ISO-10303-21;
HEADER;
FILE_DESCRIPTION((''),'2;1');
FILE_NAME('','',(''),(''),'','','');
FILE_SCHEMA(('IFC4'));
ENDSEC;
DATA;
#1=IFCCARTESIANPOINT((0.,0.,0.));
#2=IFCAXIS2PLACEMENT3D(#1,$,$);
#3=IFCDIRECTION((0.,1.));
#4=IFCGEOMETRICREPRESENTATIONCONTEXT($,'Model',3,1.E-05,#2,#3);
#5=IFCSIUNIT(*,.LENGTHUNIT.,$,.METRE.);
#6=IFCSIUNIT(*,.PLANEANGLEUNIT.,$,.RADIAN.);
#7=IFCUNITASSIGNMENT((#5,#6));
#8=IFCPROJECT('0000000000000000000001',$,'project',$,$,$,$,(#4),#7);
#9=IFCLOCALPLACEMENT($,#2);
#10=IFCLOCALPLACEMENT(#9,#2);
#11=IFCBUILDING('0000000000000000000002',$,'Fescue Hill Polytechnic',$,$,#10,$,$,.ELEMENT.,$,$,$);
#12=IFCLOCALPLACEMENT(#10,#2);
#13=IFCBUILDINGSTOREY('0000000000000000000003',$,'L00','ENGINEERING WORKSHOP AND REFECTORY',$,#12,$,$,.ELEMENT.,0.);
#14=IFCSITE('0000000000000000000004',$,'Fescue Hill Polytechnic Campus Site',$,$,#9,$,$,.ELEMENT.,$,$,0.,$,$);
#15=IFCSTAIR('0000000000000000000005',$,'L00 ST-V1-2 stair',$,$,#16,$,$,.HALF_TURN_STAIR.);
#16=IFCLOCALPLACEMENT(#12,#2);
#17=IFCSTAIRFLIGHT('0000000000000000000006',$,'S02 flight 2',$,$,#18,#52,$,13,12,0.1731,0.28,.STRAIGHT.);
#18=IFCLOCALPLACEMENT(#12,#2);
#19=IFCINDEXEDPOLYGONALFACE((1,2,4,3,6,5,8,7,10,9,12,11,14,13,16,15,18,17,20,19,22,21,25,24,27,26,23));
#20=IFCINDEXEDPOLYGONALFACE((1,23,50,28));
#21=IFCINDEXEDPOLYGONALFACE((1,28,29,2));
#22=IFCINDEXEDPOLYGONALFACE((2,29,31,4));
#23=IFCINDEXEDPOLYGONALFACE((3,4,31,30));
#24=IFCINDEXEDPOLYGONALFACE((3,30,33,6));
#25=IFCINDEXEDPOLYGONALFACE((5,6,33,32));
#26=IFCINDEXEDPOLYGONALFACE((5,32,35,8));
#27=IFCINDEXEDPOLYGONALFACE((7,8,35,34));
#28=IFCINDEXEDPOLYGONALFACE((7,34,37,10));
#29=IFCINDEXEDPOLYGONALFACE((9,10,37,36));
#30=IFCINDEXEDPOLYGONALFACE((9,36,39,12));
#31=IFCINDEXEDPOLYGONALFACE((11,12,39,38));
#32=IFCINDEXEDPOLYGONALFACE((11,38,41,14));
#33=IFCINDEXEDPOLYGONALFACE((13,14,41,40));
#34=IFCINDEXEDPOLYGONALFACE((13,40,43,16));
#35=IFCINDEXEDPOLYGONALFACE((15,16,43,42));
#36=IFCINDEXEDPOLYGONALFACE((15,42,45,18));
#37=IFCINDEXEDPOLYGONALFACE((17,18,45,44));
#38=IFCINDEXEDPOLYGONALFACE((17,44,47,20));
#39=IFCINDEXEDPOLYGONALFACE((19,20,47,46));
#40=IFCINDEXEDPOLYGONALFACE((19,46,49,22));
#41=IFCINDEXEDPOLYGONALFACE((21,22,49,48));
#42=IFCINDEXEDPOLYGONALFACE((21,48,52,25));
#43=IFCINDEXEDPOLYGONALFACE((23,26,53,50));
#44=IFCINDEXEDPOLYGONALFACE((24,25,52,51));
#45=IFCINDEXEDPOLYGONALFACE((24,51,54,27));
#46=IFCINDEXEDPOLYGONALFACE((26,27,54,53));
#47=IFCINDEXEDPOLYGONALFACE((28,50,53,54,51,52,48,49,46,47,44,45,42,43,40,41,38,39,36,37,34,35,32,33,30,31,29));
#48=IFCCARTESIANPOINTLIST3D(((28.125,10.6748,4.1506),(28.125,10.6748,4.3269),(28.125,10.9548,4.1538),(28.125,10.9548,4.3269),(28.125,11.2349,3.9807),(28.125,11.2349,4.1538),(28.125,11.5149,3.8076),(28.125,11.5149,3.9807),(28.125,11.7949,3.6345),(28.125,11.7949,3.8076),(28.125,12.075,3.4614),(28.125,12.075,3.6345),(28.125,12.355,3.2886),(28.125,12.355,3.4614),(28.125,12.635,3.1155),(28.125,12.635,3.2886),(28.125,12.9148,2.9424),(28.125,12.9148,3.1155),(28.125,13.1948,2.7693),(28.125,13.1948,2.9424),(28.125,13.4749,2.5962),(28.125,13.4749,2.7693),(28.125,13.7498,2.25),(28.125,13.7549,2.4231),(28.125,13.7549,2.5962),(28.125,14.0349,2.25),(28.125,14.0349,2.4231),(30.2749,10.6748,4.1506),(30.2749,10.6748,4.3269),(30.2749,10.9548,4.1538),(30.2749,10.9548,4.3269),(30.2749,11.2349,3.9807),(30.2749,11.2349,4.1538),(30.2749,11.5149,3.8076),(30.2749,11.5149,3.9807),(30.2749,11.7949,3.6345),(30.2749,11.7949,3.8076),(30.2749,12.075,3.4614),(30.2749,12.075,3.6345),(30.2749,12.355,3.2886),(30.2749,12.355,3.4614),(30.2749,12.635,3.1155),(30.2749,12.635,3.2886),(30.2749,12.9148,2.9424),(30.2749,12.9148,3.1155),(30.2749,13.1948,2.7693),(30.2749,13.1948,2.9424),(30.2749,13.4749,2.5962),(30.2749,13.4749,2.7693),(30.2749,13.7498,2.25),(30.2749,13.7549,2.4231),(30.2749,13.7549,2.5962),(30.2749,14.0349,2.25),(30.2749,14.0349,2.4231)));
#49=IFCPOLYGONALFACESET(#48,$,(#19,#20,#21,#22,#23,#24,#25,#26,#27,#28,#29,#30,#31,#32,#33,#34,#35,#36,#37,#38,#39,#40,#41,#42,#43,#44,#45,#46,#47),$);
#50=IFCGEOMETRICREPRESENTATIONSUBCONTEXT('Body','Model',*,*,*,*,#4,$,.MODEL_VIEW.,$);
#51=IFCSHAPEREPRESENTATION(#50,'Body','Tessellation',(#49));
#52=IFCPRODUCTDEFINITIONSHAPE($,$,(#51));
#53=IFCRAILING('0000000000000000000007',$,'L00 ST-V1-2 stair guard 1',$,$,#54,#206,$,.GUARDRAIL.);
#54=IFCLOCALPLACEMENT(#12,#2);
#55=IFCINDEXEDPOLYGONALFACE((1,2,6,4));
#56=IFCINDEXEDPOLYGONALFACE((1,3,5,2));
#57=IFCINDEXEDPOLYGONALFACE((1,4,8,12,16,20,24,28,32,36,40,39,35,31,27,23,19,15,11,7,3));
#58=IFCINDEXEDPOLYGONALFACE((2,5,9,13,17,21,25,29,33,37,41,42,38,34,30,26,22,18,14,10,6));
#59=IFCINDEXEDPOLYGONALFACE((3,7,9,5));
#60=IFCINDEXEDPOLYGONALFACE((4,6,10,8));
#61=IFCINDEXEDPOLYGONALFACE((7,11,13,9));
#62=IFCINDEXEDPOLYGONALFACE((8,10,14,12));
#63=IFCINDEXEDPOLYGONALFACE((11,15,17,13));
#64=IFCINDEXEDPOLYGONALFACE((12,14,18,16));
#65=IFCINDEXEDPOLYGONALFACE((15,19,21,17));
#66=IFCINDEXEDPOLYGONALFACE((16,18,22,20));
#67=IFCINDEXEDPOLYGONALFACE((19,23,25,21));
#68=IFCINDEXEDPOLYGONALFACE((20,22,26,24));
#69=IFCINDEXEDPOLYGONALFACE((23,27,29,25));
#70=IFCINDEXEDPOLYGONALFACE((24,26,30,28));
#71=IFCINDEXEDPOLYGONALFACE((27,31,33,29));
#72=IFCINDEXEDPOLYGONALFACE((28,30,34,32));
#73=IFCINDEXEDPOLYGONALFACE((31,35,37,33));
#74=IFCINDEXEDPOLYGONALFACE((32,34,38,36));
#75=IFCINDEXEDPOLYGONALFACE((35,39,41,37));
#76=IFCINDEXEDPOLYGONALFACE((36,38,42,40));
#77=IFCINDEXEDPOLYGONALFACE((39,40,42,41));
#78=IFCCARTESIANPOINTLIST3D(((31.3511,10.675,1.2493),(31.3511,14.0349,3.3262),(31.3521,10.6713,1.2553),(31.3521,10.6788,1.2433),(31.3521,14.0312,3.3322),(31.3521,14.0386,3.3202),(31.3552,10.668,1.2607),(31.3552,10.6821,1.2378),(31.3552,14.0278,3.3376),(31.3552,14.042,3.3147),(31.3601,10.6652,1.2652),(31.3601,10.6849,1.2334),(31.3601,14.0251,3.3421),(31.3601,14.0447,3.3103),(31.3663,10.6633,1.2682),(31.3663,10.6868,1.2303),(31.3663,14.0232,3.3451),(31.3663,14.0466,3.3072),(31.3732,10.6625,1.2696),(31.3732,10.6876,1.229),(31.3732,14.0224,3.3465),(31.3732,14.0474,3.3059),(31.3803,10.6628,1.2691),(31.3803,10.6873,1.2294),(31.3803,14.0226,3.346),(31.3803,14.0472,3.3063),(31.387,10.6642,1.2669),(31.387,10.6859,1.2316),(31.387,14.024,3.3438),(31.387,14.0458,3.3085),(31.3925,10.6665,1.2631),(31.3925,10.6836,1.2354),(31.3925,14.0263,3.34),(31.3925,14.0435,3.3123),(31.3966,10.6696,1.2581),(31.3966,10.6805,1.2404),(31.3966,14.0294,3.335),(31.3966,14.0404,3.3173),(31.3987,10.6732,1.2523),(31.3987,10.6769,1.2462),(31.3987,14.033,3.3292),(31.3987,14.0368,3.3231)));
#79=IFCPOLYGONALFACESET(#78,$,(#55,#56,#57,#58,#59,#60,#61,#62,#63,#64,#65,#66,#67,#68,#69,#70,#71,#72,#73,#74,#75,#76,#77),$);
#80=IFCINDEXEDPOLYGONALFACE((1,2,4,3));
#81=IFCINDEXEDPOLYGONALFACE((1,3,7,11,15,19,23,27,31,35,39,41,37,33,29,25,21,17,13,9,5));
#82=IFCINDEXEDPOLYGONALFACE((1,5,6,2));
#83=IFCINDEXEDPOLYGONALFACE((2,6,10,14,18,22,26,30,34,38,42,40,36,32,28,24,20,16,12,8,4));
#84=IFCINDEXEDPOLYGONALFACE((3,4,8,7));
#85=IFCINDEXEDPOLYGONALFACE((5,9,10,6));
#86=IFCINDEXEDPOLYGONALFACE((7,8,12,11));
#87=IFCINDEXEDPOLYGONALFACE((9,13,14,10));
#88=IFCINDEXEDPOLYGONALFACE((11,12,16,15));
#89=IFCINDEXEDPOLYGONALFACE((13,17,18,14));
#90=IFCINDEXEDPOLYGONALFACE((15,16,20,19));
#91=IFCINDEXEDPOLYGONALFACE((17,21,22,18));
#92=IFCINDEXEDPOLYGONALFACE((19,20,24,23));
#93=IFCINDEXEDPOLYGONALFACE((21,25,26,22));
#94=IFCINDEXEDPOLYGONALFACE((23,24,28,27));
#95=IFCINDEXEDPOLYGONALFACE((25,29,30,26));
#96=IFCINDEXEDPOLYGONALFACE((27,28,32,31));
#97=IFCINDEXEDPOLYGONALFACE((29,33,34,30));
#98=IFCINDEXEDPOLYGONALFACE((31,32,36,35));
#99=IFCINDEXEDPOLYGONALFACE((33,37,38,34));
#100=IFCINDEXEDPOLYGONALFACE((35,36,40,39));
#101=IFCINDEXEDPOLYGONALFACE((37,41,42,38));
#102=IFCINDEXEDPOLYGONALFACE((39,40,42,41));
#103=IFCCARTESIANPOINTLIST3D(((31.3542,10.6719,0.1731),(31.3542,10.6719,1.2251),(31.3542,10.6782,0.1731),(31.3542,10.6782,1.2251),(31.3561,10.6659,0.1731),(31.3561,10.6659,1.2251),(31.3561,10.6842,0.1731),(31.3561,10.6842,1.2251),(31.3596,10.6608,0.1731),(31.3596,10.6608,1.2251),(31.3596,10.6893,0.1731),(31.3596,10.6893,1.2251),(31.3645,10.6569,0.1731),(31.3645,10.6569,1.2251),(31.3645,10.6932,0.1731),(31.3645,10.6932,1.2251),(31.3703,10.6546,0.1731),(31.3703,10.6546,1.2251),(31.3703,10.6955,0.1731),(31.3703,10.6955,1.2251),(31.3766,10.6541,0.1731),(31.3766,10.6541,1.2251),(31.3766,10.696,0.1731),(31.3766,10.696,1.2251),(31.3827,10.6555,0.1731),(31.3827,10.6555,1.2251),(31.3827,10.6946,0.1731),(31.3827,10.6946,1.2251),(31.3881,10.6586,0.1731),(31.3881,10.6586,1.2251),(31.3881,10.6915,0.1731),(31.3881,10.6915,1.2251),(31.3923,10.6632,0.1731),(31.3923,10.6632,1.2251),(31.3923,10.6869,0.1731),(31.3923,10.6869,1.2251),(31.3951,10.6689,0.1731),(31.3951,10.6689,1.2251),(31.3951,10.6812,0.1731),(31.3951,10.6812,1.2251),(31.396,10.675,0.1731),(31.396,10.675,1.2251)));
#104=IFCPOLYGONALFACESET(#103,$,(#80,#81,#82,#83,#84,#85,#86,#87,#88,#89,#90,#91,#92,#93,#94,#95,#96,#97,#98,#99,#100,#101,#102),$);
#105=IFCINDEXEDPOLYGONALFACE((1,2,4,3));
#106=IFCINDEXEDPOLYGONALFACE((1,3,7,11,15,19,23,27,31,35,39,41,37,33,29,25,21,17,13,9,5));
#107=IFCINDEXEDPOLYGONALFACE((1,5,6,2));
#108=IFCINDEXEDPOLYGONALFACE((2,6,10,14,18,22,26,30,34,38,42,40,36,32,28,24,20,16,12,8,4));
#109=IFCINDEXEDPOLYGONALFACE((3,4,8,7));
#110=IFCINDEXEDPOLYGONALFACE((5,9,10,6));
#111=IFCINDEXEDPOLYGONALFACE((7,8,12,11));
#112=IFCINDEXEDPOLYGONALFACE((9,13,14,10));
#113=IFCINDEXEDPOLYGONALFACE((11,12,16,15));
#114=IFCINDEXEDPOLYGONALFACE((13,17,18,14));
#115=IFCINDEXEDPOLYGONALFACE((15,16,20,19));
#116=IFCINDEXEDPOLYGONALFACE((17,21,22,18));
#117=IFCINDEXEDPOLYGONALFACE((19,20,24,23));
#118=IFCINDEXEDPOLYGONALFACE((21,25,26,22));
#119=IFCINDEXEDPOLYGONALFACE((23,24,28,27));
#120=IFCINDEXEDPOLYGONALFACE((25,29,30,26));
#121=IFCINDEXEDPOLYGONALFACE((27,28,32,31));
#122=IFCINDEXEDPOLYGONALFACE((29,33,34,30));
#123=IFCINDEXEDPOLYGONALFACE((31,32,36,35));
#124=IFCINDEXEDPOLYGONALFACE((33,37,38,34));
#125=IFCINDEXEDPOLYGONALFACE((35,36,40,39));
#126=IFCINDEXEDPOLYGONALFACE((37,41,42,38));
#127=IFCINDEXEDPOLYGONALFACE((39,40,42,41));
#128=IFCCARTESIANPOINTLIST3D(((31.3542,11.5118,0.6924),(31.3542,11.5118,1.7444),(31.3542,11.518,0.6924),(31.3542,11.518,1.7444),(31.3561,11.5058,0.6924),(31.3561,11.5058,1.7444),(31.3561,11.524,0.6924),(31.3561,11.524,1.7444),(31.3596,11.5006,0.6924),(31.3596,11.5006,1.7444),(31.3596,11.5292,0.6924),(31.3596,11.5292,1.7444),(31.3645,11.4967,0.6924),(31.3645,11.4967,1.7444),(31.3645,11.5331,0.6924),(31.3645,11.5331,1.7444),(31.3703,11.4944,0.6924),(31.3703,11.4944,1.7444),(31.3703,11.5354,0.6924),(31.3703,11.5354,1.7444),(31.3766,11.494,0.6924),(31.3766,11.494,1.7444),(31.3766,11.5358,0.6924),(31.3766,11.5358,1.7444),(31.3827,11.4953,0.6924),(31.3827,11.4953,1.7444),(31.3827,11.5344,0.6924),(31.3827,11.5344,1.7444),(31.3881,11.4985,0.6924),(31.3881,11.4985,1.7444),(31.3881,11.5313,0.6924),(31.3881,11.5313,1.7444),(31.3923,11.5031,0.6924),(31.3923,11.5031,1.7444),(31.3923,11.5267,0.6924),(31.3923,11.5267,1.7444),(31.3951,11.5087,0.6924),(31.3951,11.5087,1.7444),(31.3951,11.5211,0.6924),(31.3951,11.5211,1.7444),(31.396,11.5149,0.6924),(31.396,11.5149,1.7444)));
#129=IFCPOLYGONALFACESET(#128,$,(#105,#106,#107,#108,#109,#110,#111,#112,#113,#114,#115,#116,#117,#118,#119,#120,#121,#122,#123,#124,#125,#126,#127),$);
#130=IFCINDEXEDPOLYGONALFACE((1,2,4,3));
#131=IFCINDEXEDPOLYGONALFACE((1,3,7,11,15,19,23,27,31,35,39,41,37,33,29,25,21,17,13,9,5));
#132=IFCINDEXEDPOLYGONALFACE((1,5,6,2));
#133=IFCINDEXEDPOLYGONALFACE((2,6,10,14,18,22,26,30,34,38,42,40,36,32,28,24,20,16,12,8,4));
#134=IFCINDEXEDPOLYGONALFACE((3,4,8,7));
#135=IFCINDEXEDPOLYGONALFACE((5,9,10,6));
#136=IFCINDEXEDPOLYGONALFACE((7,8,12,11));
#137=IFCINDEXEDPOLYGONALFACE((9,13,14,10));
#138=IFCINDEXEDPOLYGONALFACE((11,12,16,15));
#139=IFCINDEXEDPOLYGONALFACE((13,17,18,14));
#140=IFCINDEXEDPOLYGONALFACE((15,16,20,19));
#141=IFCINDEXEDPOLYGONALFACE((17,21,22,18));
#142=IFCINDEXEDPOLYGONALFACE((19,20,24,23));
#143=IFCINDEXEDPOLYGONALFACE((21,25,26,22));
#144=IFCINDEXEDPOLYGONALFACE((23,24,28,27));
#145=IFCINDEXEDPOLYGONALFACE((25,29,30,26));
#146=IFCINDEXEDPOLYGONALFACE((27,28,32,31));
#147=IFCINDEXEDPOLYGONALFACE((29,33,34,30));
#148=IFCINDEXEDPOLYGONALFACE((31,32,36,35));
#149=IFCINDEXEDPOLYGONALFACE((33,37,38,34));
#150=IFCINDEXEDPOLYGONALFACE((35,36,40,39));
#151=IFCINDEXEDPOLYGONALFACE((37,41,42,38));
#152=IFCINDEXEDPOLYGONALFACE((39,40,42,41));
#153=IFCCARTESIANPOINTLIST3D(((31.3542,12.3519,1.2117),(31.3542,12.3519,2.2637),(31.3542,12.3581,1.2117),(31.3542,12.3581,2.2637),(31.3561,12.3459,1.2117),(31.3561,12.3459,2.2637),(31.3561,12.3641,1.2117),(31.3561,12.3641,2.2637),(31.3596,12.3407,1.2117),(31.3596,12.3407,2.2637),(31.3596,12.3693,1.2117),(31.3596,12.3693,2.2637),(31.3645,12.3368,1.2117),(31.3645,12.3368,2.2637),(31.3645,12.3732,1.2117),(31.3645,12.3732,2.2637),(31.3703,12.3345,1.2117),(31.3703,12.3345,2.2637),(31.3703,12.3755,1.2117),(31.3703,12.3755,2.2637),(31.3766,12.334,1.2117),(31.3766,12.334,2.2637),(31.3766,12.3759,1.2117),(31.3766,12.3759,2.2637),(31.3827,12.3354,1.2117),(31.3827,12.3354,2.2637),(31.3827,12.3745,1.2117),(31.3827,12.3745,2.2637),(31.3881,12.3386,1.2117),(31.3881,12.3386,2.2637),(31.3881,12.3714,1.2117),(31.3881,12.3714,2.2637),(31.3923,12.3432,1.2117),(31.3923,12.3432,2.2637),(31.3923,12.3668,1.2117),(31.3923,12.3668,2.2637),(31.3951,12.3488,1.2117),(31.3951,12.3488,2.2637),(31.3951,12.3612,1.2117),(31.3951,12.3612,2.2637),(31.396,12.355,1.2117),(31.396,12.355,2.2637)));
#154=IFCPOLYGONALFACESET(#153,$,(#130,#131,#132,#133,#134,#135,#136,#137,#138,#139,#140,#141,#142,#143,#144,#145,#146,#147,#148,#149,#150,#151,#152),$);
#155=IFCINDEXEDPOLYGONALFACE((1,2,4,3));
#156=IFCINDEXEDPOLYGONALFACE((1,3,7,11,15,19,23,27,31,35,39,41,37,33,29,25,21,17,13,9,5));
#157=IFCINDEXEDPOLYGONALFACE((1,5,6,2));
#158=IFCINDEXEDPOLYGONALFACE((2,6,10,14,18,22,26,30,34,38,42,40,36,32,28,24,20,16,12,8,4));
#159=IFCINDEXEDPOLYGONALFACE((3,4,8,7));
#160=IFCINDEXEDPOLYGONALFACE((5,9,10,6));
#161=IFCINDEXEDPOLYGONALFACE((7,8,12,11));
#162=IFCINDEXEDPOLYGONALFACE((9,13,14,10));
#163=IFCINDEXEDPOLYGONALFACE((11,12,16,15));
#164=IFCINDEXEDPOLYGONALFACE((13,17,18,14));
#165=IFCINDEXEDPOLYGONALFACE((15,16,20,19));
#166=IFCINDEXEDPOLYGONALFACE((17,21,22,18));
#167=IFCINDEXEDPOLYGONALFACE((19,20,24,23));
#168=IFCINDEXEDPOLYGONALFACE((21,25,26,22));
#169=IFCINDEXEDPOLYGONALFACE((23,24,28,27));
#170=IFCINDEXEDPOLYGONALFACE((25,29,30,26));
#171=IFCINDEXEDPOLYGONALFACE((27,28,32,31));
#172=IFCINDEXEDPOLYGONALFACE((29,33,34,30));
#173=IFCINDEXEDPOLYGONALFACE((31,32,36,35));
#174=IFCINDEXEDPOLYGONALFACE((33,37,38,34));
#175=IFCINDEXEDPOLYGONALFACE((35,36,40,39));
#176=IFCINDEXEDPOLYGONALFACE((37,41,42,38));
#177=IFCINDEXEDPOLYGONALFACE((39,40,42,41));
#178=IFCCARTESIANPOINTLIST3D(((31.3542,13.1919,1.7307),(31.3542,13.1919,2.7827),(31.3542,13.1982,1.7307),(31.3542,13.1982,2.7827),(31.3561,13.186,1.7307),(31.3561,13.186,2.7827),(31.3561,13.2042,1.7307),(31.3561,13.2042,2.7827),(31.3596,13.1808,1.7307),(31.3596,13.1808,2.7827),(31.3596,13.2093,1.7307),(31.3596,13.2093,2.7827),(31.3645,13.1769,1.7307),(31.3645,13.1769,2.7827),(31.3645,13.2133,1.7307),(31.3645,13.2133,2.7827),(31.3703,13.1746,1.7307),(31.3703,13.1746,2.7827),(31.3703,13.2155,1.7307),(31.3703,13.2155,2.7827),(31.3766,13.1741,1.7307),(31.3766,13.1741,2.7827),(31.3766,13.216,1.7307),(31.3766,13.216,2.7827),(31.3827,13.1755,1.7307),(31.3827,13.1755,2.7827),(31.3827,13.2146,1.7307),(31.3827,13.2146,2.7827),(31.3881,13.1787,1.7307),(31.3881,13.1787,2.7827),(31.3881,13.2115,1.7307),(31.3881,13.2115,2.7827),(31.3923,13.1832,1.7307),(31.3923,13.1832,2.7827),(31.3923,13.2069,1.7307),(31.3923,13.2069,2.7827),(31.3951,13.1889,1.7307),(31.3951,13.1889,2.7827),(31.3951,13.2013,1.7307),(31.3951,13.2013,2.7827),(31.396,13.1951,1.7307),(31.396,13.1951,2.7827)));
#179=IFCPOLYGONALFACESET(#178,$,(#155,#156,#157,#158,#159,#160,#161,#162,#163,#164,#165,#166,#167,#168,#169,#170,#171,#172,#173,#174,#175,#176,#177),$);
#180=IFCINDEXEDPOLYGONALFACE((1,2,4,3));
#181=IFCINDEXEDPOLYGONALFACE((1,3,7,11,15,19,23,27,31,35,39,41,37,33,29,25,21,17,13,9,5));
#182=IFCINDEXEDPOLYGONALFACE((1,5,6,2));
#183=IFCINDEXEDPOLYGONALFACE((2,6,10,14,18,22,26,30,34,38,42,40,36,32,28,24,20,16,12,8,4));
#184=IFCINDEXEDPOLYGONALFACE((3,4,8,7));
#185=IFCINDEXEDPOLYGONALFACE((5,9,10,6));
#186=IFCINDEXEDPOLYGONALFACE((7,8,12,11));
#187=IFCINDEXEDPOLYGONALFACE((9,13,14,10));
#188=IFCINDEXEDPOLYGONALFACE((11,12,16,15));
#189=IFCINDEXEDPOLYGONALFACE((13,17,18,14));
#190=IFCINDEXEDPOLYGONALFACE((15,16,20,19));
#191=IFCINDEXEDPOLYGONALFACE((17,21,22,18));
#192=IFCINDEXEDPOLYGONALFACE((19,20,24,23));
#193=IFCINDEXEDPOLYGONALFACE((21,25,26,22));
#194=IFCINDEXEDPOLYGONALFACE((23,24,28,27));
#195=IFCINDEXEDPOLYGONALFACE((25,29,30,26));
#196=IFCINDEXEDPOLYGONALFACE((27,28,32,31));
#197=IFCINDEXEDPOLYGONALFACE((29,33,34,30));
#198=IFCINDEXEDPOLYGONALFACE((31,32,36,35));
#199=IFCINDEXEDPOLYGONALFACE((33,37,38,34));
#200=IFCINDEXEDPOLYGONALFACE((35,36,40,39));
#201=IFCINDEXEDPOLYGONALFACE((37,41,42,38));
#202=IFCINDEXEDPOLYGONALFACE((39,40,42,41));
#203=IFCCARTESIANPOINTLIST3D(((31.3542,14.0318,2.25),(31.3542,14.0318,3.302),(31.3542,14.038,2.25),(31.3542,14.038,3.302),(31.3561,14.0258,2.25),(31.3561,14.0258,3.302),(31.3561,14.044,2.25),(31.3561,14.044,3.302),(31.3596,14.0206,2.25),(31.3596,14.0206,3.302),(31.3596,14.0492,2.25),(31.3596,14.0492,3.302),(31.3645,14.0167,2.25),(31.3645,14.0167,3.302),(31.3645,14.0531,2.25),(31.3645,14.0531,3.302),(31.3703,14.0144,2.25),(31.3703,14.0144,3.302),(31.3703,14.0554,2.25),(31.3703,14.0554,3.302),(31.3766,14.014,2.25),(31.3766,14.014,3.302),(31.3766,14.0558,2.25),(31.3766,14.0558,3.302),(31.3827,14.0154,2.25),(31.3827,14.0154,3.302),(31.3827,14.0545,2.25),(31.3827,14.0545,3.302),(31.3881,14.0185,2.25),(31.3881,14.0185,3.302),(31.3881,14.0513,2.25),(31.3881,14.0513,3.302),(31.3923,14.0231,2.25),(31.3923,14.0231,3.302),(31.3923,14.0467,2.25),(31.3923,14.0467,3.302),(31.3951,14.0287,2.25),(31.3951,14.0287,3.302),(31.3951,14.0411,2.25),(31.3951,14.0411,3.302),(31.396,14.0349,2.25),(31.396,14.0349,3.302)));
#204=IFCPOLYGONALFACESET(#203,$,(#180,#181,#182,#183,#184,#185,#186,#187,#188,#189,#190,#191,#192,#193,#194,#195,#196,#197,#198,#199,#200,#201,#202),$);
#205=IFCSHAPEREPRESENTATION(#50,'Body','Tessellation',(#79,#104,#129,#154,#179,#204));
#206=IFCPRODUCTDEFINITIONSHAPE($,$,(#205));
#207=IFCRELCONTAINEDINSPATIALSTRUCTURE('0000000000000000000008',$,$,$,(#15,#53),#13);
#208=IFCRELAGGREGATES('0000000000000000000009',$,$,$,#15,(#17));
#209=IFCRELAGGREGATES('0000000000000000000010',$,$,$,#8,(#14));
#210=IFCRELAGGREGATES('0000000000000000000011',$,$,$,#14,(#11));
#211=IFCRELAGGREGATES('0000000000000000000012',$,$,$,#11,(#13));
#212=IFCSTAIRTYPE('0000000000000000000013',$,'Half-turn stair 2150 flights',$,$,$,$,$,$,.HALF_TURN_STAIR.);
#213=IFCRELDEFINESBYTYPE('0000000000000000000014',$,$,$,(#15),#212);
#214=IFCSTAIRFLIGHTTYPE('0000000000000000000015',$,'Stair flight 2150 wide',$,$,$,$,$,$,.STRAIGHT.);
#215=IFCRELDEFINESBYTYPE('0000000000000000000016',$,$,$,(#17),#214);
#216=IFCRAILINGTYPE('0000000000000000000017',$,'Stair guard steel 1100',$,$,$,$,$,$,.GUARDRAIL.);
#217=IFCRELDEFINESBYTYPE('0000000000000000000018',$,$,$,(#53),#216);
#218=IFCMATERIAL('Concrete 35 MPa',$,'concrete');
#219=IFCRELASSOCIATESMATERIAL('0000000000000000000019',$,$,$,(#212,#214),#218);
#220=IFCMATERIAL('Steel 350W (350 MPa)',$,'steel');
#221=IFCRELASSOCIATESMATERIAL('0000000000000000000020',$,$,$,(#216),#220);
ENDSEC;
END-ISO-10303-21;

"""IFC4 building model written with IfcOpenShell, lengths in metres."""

from ifc_helpers import new_model, si_unit, direction, frame, origin, origin_2d, place, context, subcontext, project, spatial, polyline, circle, outline, extrude, material, type_object, element, aggregate, save


model = new_model("IFC4")

# Units and contexts
model_context = context("Model", 3, precision=1e-05, world=origin(), true_north=direction((0.0, 1.0)))
body_context = subcontext(model_context, "Body", "Model", "MODEL_VIEW")
ifc_project = project(units=[si_unit("LENGTHUNIT", "METRE"), si_unit("PLANEANGLEUNIT", "RADIAN")], contexts=[model_context])

# Site, building, storey
site_placement = place(None, origin())
site = spatial("IfcSite", under=ifc_project, at=site_placement, Name="Fescue Hill Polytechnic Campus Site", CompositionType="ELEMENT", RefElevation=0.0)
building_placement = place(site_placement, origin())
building = spatial("IfcBuilding", under=site, at=building_placement, Name="Fescue Hill Polytechnic", CompositionType="ELEMENT")
storey_placement = place(building_placement, origin())
storey = spatial("IfcBuildingStorey", under=building, at=storey_placement, Name="L00", Description="ENGINEERING WORKSHOP AND REFECTORY", CompositionType="ELEMENT", Elevation=0.0)

# Stair, stair flight
ifc_material_1 = material(Name="Concrete 35 MPa", Category="concrete")
stair_type = type_object("IfcStairType", Name="Half-turn stair 2150 flights", PredefinedType="HALF_TURN_STAIR", material=ifc_material_1)
stair_placement = place(storey_placement, origin())
stair = element("IfcStair", 1, at=stair_placement, inside=storey, type_object=stair_type, Name="L00 ST-V1-2 stair", PredefinedType="HALF_TURN_STAIR")
stair_flight_type = type_object("IfcStairFlightType", Name="Stair flight 2150 wide", PredefinedType="STRAIGHT", material=ifc_material_1)
stair_flight_1_placement = place(storey_placement, frame((29.2, 14.0349, 2.25), z_axis=(0.0, 0.0, 1.0), x_axis=(0.0, -1.0, 0.0)))
stair_flight_1 = element("IfcStairFlight", 2, at=stair_flight_1_placement, type_object=stair_flight_type, Name="S02 flight 2", NumberOfRisers=13, NumberOfTreads=12, PredefinedType="STRAIGHT", RiserHeight=0.1731, TreadLength=0.28, context=body_context, shape_type="SweptSolid", body=[
    extrude(outline(polyline([(0.0, 0.0), (0.0, 0.1731), (0.28, 0.1731), (0.28, 0.3462), (0.5601, 0.3462), (0.5601, 0.5193), (0.8401, 0.5193), (0.8401, 0.6924), (1.1201, 0.6924), (1.1201, 0.8655), (1.3999, 0.8655), (1.3999, 1.0386), (1.6799, 1.0386), (1.6799, 1.2114), (1.96, 1.2114), (1.96, 1.3845), (2.24, 1.3845), (2.24, 1.5576), (2.52, 1.5576), (2.52, 1.7307), (2.8, 1.7307), (2.8, 1.9038), (3.0801, 1.9038), (3.0801, 2.0769), (3.3601, 2.0769), (3.3601, 2.25), (3.3601, 1.9006), (0.2852, 0.0), (0.0, 0.0)])), frame((0.0, 1.075, 0.0), z_axis=(0.0, -1.0, 0.0), x_axis=(1.0, 0.0, 0.0)), (0.0, 0.0, 1.0), 2.1499),
])
aggregate(stair, [stair_flight_1])

# Railing
ifc_material_2 = material(Name="Steel 350W (350 MPa)", Category="steel")
railing_type_1 = type_object("IfcRailingType", Name="Stair guard steel 1100", PredefinedType="GUARDRAIL", material=ifc_material_2)
railing_1_placement = place(storey_placement, frame((31.375, 10.675, 0.1731)))
element("IfcRailing", 3, at=railing_1_placement, inside=storey, type_object=railing_type_1, Name="L00 ST-V1-2 stair guard 1", PredefinedType="GUARDRAIL", context=body_context, shape_type="SweptSolid", body=[
    extrude(circle(Radius=0.0239, at=origin_2d()), frame((0.0, 0.0, 1.0762), z_axis=(0.0, 0.850606, 0.525803), x_axis=(-1.0, 0.0, 0.0)), (0.0, 0.0, 1.0), 3.95),
    extrude(circle(Radius=0.021, at=origin_2d()), origin(), (0.0, 0.0, 1.0), 1.052),
    extrude(circle(Radius=0.021, at=origin_2d()), frame((0.0, 0.8398, 0.5193)), (0.0, 0.0, 1.0), 1.052),
    extrude(circle(Radius=0.021, at=origin_2d()), frame((0.0, 1.6799, 1.0386)), (0.0, 0.0, 1.0), 1.052),
    extrude(circle(Radius=0.021, at=origin_2d()), frame((0.0, 2.52, 1.5576)), (0.0, 0.0, 1.0), 1.052),
    extrude(circle(Radius=0.021, at=origin_2d()), frame((0.0, 3.3599, 2.0769)), (0.0, 0.0, 1.0), 1.052),
])

save(model, "model.ifc")
